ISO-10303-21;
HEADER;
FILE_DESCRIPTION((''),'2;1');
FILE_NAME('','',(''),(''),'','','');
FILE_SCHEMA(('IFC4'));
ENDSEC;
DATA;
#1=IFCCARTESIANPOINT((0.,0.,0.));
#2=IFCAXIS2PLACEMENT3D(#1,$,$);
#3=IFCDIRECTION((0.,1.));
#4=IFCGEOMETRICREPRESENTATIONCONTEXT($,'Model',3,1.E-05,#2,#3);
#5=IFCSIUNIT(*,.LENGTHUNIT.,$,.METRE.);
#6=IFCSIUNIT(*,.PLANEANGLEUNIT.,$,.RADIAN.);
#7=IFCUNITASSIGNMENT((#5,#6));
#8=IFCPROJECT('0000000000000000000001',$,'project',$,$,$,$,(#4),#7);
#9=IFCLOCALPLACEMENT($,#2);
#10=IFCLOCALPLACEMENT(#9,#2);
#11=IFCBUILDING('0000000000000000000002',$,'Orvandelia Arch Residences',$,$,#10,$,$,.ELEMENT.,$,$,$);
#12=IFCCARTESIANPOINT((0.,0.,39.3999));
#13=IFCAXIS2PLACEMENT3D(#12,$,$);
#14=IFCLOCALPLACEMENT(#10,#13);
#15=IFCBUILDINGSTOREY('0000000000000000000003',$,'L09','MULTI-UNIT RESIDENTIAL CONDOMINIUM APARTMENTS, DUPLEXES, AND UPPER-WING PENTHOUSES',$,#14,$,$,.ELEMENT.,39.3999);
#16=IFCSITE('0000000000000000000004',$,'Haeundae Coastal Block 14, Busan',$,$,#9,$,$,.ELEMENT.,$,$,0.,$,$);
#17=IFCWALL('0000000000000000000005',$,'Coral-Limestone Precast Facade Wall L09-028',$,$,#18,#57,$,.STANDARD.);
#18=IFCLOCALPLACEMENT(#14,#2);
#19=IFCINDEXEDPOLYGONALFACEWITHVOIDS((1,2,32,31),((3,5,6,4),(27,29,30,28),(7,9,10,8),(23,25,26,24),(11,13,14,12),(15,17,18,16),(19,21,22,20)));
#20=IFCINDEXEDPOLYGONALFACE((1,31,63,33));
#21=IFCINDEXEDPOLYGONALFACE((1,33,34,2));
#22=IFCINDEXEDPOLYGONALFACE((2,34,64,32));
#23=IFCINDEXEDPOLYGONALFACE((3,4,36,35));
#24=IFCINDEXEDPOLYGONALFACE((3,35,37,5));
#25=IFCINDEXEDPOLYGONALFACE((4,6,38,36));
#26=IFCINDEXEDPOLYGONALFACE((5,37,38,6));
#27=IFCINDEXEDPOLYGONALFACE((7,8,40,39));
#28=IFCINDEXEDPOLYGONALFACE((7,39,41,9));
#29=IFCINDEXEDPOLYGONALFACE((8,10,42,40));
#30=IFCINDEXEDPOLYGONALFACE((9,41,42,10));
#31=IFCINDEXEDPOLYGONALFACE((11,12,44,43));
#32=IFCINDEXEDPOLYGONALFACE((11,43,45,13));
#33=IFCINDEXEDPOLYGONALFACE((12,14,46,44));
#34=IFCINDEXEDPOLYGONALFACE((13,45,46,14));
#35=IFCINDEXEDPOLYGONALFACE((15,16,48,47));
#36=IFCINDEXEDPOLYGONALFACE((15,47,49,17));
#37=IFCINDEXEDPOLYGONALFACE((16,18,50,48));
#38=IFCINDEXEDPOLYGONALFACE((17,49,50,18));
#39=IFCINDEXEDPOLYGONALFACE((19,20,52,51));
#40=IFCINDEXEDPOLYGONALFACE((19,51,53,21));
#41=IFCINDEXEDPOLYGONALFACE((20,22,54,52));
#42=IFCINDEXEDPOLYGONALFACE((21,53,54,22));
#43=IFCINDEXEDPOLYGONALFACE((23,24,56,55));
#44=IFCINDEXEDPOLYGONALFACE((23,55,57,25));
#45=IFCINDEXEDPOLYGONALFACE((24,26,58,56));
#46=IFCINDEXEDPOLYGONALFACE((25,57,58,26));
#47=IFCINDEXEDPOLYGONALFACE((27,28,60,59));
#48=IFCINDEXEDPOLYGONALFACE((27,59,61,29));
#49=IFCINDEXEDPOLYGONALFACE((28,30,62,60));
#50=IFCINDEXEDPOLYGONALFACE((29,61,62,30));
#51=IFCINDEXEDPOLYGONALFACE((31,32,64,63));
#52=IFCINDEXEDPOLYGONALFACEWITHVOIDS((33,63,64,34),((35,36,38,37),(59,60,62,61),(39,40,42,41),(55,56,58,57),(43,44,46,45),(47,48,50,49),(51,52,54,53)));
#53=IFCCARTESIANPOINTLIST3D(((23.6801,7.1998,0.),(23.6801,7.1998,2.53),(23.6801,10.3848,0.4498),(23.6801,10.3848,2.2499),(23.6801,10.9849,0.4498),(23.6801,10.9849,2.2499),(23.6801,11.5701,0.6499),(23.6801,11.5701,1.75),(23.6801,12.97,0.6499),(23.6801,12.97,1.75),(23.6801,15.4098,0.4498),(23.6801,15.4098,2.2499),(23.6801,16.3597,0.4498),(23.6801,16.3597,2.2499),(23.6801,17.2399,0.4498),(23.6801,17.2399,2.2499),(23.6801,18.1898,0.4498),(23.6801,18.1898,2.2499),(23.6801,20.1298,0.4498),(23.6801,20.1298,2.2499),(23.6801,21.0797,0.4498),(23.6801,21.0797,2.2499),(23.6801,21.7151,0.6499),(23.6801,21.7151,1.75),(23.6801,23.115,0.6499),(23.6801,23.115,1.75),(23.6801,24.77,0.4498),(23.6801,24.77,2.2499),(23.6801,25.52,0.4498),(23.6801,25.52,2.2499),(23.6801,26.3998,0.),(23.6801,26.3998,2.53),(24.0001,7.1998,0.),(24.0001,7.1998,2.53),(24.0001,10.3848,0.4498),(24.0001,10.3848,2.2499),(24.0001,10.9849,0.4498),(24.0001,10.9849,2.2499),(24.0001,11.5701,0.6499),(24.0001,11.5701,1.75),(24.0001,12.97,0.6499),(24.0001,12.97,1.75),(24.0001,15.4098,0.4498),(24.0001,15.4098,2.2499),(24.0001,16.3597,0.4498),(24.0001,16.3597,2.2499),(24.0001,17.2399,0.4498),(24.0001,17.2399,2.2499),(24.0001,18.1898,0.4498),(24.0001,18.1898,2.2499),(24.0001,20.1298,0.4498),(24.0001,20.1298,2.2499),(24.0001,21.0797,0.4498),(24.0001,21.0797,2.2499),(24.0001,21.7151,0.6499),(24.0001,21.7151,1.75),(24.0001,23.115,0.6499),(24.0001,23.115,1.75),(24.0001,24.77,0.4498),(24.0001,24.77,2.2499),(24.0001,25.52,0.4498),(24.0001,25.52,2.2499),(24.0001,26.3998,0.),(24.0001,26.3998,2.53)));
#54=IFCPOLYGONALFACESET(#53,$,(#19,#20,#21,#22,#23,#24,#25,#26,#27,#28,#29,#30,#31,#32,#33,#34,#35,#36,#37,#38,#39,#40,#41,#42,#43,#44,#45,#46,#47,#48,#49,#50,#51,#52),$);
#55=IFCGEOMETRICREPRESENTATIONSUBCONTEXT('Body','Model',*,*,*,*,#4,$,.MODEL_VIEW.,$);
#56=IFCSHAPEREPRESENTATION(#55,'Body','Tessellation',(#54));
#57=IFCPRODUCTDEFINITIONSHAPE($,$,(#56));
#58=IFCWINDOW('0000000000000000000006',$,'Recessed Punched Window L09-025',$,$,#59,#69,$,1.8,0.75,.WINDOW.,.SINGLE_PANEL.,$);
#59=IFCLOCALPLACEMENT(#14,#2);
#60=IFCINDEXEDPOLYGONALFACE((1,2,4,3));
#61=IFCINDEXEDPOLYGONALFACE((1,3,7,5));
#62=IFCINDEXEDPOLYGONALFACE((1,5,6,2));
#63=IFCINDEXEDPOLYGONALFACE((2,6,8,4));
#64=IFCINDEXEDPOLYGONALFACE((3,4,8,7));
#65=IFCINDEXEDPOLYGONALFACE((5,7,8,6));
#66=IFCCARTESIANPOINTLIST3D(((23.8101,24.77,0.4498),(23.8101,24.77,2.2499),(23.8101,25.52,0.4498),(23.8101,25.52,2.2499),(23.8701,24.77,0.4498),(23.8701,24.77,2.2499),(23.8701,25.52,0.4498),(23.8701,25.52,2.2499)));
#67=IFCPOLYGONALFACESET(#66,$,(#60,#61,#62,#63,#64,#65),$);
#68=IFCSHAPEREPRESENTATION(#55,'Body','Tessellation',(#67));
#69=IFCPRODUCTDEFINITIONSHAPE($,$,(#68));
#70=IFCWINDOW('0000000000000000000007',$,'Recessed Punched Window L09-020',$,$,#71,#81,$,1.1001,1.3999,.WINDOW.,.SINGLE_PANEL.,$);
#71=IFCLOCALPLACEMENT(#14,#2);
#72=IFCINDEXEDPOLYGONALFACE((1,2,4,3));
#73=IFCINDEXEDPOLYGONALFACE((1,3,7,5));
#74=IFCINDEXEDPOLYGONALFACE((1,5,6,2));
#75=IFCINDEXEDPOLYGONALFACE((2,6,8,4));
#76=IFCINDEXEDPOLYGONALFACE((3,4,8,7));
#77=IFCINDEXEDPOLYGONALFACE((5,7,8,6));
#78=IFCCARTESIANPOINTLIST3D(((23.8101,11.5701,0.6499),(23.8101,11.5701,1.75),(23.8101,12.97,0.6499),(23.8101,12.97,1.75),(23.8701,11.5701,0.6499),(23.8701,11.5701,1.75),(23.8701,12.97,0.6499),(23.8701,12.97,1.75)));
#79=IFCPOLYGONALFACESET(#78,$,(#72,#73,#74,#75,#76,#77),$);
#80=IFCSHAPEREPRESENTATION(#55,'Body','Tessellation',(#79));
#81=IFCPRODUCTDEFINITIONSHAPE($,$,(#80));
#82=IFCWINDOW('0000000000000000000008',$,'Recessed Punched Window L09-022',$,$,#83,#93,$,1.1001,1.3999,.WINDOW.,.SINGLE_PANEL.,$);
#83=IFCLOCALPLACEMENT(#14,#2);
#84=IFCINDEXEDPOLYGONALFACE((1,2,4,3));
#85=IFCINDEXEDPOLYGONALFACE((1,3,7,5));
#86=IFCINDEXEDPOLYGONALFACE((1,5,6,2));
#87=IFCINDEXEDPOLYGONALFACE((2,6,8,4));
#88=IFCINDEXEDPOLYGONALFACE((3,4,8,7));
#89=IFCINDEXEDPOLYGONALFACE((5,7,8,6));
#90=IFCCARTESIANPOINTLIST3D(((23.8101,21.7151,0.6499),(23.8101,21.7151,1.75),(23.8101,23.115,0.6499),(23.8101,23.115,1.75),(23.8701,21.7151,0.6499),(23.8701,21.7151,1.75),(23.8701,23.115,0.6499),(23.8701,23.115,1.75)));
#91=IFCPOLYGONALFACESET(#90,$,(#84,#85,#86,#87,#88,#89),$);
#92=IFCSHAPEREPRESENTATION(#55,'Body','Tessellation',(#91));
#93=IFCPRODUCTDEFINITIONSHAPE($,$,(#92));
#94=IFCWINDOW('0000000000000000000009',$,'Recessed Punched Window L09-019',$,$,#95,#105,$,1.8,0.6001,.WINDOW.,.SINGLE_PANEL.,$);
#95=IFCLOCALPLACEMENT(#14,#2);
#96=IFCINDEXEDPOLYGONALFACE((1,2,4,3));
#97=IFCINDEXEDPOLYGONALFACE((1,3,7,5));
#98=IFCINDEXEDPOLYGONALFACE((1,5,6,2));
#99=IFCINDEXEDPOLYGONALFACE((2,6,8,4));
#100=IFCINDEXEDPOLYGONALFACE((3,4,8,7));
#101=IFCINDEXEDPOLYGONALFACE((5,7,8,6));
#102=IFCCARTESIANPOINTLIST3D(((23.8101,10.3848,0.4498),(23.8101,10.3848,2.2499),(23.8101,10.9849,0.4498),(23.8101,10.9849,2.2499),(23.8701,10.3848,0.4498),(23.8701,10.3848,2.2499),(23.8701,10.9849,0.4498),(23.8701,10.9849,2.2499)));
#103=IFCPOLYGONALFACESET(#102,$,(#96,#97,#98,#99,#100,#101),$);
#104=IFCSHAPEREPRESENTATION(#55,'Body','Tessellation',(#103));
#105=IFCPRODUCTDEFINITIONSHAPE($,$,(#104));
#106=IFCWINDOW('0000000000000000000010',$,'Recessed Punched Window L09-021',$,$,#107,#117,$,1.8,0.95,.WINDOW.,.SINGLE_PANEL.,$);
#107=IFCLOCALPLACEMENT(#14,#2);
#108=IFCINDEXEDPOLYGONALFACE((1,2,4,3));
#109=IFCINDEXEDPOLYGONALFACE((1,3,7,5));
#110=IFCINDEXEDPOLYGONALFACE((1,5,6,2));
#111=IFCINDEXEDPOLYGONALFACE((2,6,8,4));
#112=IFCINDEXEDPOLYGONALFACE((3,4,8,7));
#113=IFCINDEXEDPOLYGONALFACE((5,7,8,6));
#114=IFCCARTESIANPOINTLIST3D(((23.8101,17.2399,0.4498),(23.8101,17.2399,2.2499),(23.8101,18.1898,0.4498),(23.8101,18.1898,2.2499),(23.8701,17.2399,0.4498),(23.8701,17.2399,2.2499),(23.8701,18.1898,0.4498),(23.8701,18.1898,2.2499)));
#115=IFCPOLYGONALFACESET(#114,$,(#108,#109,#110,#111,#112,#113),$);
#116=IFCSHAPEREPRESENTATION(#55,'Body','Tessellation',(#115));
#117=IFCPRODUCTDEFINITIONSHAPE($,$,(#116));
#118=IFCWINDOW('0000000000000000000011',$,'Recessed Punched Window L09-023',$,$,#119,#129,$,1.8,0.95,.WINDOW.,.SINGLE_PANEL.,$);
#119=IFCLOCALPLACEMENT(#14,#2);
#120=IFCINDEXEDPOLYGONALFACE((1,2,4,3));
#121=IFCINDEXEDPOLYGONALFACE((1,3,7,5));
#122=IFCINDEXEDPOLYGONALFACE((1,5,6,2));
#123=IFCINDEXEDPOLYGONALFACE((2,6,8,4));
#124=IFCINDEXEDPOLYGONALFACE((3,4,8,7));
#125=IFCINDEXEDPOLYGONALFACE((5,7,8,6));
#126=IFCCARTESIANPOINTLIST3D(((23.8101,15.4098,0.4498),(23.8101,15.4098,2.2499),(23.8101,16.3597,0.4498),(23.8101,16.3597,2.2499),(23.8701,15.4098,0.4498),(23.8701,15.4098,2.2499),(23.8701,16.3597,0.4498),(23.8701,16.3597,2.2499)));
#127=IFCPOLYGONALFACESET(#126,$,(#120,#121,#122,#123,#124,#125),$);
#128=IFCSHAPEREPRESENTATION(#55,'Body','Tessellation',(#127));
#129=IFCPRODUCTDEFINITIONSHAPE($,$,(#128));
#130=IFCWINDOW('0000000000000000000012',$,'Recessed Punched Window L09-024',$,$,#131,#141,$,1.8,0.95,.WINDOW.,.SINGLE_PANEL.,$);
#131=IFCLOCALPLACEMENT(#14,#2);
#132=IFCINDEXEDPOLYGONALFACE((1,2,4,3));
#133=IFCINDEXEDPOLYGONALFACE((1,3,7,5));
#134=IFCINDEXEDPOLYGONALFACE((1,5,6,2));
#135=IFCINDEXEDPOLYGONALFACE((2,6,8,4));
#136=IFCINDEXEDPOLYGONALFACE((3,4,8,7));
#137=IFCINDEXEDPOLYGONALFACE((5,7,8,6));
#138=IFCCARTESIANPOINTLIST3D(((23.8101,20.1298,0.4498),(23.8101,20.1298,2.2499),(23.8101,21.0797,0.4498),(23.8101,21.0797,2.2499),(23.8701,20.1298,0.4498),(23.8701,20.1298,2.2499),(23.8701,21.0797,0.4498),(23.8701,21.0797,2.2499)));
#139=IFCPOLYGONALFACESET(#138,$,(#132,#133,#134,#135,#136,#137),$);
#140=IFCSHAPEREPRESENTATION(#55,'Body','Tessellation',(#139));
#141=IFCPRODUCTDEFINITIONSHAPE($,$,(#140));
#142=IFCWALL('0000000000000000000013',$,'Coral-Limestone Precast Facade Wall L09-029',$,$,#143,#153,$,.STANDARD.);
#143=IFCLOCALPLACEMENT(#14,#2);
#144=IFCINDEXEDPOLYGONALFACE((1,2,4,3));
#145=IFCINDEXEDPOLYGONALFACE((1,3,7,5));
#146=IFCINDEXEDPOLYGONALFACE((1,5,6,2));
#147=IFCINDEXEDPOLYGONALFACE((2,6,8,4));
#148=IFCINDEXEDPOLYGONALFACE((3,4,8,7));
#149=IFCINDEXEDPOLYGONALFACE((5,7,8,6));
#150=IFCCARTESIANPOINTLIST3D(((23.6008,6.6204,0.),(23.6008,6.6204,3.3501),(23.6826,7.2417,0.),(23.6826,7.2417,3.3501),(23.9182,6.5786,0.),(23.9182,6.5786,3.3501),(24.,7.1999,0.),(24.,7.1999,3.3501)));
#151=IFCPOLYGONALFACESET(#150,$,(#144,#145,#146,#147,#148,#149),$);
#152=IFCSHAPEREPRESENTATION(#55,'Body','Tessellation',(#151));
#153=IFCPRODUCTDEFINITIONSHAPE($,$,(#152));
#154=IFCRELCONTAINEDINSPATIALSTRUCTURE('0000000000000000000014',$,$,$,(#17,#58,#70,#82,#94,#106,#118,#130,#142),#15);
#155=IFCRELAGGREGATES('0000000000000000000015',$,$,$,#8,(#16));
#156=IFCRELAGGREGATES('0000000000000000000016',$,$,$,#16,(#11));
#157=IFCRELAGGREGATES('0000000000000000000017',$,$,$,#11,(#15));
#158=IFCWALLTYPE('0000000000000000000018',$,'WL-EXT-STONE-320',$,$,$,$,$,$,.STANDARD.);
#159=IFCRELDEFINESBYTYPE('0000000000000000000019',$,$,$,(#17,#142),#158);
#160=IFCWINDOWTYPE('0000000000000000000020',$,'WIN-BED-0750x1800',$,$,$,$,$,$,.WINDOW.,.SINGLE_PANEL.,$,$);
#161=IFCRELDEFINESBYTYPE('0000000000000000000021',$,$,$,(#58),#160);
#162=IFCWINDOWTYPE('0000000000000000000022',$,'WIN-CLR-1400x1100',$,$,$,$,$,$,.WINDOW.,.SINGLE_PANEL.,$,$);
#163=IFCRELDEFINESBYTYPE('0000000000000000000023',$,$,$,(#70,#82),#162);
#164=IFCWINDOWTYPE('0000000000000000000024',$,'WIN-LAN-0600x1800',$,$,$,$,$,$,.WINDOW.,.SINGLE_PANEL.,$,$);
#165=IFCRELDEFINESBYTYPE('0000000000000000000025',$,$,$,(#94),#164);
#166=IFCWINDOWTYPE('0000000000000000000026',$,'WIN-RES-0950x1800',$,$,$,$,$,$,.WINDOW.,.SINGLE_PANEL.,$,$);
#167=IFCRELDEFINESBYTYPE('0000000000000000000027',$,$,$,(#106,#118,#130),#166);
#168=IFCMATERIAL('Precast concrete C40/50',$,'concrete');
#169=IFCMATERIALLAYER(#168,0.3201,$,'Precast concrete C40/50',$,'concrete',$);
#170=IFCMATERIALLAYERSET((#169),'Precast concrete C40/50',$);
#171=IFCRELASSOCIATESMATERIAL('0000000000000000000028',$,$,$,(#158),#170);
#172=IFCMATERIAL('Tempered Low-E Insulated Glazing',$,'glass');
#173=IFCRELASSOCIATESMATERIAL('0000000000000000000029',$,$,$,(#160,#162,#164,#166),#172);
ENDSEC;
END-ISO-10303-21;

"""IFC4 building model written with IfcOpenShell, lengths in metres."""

from ifc_helpers import new_model, si_unit, direction, frame, frame_2d, origin, place, context, subcontext, project, spatial, rectangle, extrude, material, layer, layer_set, type_object, element, fill, save


model = new_model("IFC4")

# Units and contexts
model_context = context("Model", 3, precision=1e-05, world=origin(), true_north=direction((0.0, 1.0)))
body_context = subcontext(model_context, "Body", "Model", "MODEL_VIEW")
ifc_project = project(units=[si_unit("LENGTHUNIT", "METRE"), si_unit("PLANEANGLEUNIT", "RADIAN")], contexts=[model_context])

# Site, building, storey
site_placement = place(None, origin())
site = spatial("IfcSite", under=ifc_project, at=site_placement, Name="Haeundae Coastal Block 14, Busan", CompositionType="ELEMENT", RefElevation=0.0)
building_placement = place(site_placement, origin())
building = spatial("IfcBuilding", under=site, at=building_placement, Name="Orvandelia Arch Residences", CompositionType="ELEMENT")
storey_placement = place(building_placement, frame((0.0, 0.0, 39.3999)))
storey = spatial("IfcBuildingStorey", under=building, at=storey_placement, Name="L09", Description="MULTI-UNIT RESIDENTIAL CONDOMINIUM APARTMENTS, DUPLEXES, AND UPPER-WING PENTHOUSES", CompositionType="ELEMENT", Elevation=39.3999)

# Shared definitions
ifc_material_1 = material(Name="Precast concrete C40/50", Category="concrete")
ifc_layer = layer(ifc_material_1, 0.3201, Name="Precast concrete C40/50", Category="concrete")
ifc_layer_set = layer_set([ifc_layer], Name="Precast concrete C40/50")
wall_type = type_object("IfcWallType", Name="WL-EXT-STONE-320", PredefinedType="STANDARD", material=ifc_layer_set)

# Wall, openings, windows
wall_1_placement = place(storey_placement, frame((23.8401, 26.3999, 0.0), z_axis=(0.0, 0.0, 1.0), x_axis=(0.0, -1.0, 0.0)))
wall_1 = element("IfcWall", 1, at=wall_1_placement, inside=storey, type_object=wall_type, Name="Coral-Limestone Precast Facade Wall L09-028", PredefinedType="STANDARD", context=body_context, shape_type="SweptSolid", body=[
    extrude(rectangle(XDim=19.2, YDim=0.3201, at=frame_2d((9.6001, 0.0))), origin(), (0.0, 0.0, 1.0), 2.53),
])
opening_1_placement = place(wall_1_placement, frame((15.415, 0.0, 0.45)))
opening_1 = element("IfcOpeningElement", 2, at=opening_1_placement, cuts=wall_1, PredefinedType="OPENING", context=body_context, shape_type="SweptSolid", body=[
    extrude(rectangle(XDim=0.6001, YDim=1.8, at=frame_2d((0.3, 0.8999))), frame((0.0, 0.1699, 0.0), z_axis=(0.0, -1.0, 0.0), x_axis=(1.0, 0.0, 0.0)), (0.0, 0.0, 1.0), 0.3401),
])
opening_2_placement = place(wall_1_placement, frame((13.4299, 0.0, 0.6499)))
opening_2 = element("IfcOpeningElement", 3, at=opening_2_placement, cuts=wall_1, PredefinedType="OPENING", context=body_context, shape_type="SweptSolid", body=[
    extrude(rectangle(XDim=1.3999, YDim=1.1001, at=frame_2d((0.7, 0.55))), frame((0.0, 0.1699, 0.0), z_axis=(0.0, -1.0, 0.0), x_axis=(1.0, 0.0, 0.0)), (0.0, 0.0, 1.0), 0.3401),
])
opening_3_placement = place(wall_1_placement, frame((8.21, 0.0, 0.45)))
opening_3 = element("IfcOpeningElement", 4, at=opening_3_placement, cuts=wall_1, PredefinedType="OPENING", context=body_context, shape_type="SweptSolid", body=[
    extrude(rectangle(XDim=0.95, YDim=1.8, at=frame_2d((0.4751, 0.8999))), frame((0.0, 0.1699, 0.0), z_axis=(0.0, -1.0, 0.0), x_axis=(1.0, 0.0, 0.0)), (0.0, 0.0, 1.0), 0.3401),
])
opening_4_placement = place(wall_1_placement, frame((3.2849, 0.0, 0.6499)))
opening_4 = element("IfcOpeningElement", 5, at=opening_4_placement, cuts=wall_1, PredefinedType="OPENING", context=body_context, shape_type="SweptSolid", body=[
    extrude(rectangle(XDim=1.3999, YDim=1.1001, at=frame_2d((0.7, 0.55))), frame((0.0, 0.1699, 0.0), z_axis=(0.0, -1.0, 0.0), x_axis=(1.0, 0.0, 0.0)), (0.0, 0.0, 1.0), 0.3401),
])
opening_5_placement = place(wall_1_placement, frame((10.04, 0.0, 0.45)))
opening_5 = element("IfcOpeningElement", 6, at=opening_5_placement, cuts=wall_1, PredefinedType="OPENING", context=body_context, shape_type="SweptSolid", body=[
    extrude(rectangle(XDim=0.95, YDim=1.8, at=frame_2d((0.4751, 0.8999))), frame((0.0, 0.1699, 0.0), z_axis=(0.0, -1.0, 0.0), x_axis=(1.0, 0.0, 0.0)), (0.0, 0.0, 1.0), 0.3401),
])
opening_6_placement = place(wall_1_placement, frame((5.3201, 0.0, 0.45)))
opening_6 = element("IfcOpeningElement", 7, at=opening_6_placement, cuts=wall_1, PredefinedType="OPENING", context=body_context, shape_type="SweptSolid", body=[
    extrude(rectangle(XDim=0.95, YDim=1.8, at=frame_2d((0.4751, 0.8999))), frame((0.0, 0.1699, 0.0), z_axis=(0.0, -1.0, 0.0), x_axis=(1.0, 0.0, 0.0)), (0.0, 0.0, 1.0), 0.3401),
])
opening_7_placement = place(wall_1_placement, frame((0.8799, 0.0, 0.45)))
opening_7 = element("IfcOpeningElement", 8, at=opening_7_placement, cuts=wall_1, PredefinedType="OPENING", context=body_context, shape_type="SweptSolid", body=[
    extrude(rectangle(XDim=0.75, YDim=1.8, at=frame_2d((0.375, 0.8999))), frame((0.0, 0.1699, 0.0), z_axis=(0.0, -1.0, 0.0), x_axis=(1.0, 0.0, 0.0)), (0.0, 0.0, 1.0), 0.3401),
])
ifc_material_2 = material(Name="Tempered Low-E Insulated Glazing", Category="glass")
window_type_1 = type_object("IfcWindowType", Name="WIN-BED-0750x1800", PartitioningType="SINGLE_PANEL", PredefinedType="WINDOW", material=ifc_material_2)
window_1_placement = place(opening_7_placement, origin())
window_1 = element("IfcWindow", 9, at=window_1_placement, inside=storey, type_object=window_type_1, Name="Recessed Punched Window L09-025", OverallHeight=1.8, OverallWidth=0.75, PartitioningType="SINGLE_PANEL", PredefinedType="WINDOW", context=body_context, shape_type="SweptSolid", body=[
    extrude(rectangle(XDim=0.75, YDim=1.8, at=frame_2d((0.375, 0.8999))), frame((0.0, 0.03, 0.0), z_axis=(0.0, -1.0, 0.0), x_axis=(1.0, 0.0, 0.0)), (0.0, 0.0, 1.0), 0.0601),
])
fill(opening_7, window_1)
window_type_2 = type_object("IfcWindowType", Name="WIN-CLR-1400x1100", PartitioningType="SINGLE_PANEL", PredefinedType="WINDOW", material=ifc_material_2)
window_2_placement = place(opening_2_placement, origin())
window_2 = element("IfcWindow", 10, at=window_2_placement, inside=storey, type_object=window_type_2, Name="Recessed Punched Window L09-020", OverallHeight=1.1001, OverallWidth=1.3999, PartitioningType="SINGLE_PANEL", PredefinedType="WINDOW", context=body_context, shape_type="SweptSolid", body=[
    extrude(rectangle(XDim=1.3999, YDim=1.1001, at=frame_2d((0.7, 0.55))), frame((0.0, 0.03, 0.0), z_axis=(0.0, -1.0, 0.0), x_axis=(1.0, 0.0, 0.0)), (0.0, 0.0, 1.0), 0.0601),
])
fill(opening_2, window_2)
window_3_placement = place(opening_4_placement, origin())
window_3 = element("IfcWindow", 11, at=window_3_placement, inside=storey, type_object=window_type_2, Name="Recessed Punched Window L09-022", OverallHeight=1.1001, OverallWidth=1.3999, PartitioningType="SINGLE_PANEL", PredefinedType="WINDOW", context=body_context, shape_type="SweptSolid", body=[
    extrude(rectangle(XDim=1.3999, YDim=1.1001, at=frame_2d((0.7, 0.55))), frame((0.0, 0.03, 0.0), z_axis=(0.0, -1.0, 0.0), x_axis=(1.0, 0.0, 0.0)), (0.0, 0.0, 1.0), 0.0601),
])
fill(opening_4, window_3)
window_type_3 = type_object("IfcWindowType", Name="WIN-LAN-0600x1800", PartitioningType="SINGLE_PANEL", PredefinedType="WINDOW", material=ifc_material_2)
window_4_placement = place(opening_1_placement, origin())
window_4 = element("IfcWindow", 12, at=window_4_placement, inside=storey, type_object=window_type_3, Name="Recessed Punched Window L09-019", OverallHeight=1.8, OverallWidth=0.6001, PartitioningType="SINGLE_PANEL", PredefinedType="WINDOW", context=body_context, shape_type="SweptSolid", body=[
    extrude(rectangle(XDim=0.6001, YDim=1.8, at=frame_2d((0.3, 0.8999))), frame((0.0, 0.03, 0.0), z_axis=(0.0, -1.0, 0.0), x_axis=(1.0, 0.0, 0.0)), (0.0, 0.0, 1.0), 0.0601),
])
fill(opening_1, window_4)
window_type_4 = type_object("IfcWindowType", Name="WIN-RES-0950x1800", PartitioningType="SINGLE_PANEL", PredefinedType="WINDOW", material=ifc_material_2)
window_5_placement = place(opening_3_placement, origin())
window_5 = element("IfcWindow", 13, at=window_5_placement, inside=storey, type_object=window_type_4, Name="Recessed Punched Window L09-021", OverallHeight=1.8, OverallWidth=0.95, PartitioningType="SINGLE_PANEL", PredefinedType="WINDOW", context=body_context, shape_type="SweptSolid", body=[
    extrude(rectangle(XDim=0.95, YDim=1.8, at=frame_2d((0.4751, 0.8999))), frame((0.0, 0.03, 0.0), z_axis=(0.0, -1.0, 0.0), x_axis=(1.0, 0.0, 0.0)), (0.0, 0.0, 1.0), 0.0601),
])
fill(opening_3, window_5)
window_6_placement = place(opening_5_placement, origin())
window_6 = element("IfcWindow", 14, at=window_6_placement, inside=storey, type_object=window_type_4, Name="Recessed Punched Window L09-023", OverallHeight=1.8, OverallWidth=0.95, PartitioningType="SINGLE_PANEL", PredefinedType="WINDOW", context=body_context, shape_type="SweptSolid", body=[
    extrude(rectangle(XDim=0.95, YDim=1.8, at=frame_2d((0.4751, 0.8999))), frame((0.0, 0.03, 0.0), z_axis=(0.0, -1.0, 0.0), x_axis=(1.0, 0.0, 0.0)), (0.0, 0.0, 1.0), 0.0601),
])
fill(opening_5, window_6)
window_7_placement = place(opening_6_placement, origin())
window_7 = element("IfcWindow", 15, at=window_7_placement, inside=storey, type_object=window_type_4, Name="Recessed Punched Window L09-024", OverallHeight=1.8, OverallWidth=0.95, PartitioningType="SINGLE_PANEL", PredefinedType="WINDOW", context=body_context, shape_type="SweptSolid", body=[
    extrude(rectangle(XDim=0.95, YDim=1.8, at=frame_2d((0.4751, 0.8999))), frame((0.0, 0.03, 0.0), z_axis=(0.0, -1.0, 0.0), x_axis=(1.0, 0.0, 0.0)), (0.0, 0.0, 1.0), 0.0601),
])
fill(opening_6, window_7)

# Wall
wall_2_placement = place(storey_placement, frame((23.8413, 7.2209, 0.0), z_axis=(0.0, 0.0, 1.0), x_axis=(-0.130505, -0.991448, 0.0)))
element("IfcWall", 16, at=wall_2_placement, inside=storey, type_object=wall_type, Name="Coral-Limestone Precast Facade Wall L09-029", PredefinedType="STANDARD", context=body_context, shape_type="SweptSolid", body=[
    extrude(rectangle(XDim=0.6267, YDim=0.3201, at=frame_2d((0.3135, 0.0))), origin(), (0.0, 0.0, 1.0), 3.3501),
])

save(model, "model.ifc")
